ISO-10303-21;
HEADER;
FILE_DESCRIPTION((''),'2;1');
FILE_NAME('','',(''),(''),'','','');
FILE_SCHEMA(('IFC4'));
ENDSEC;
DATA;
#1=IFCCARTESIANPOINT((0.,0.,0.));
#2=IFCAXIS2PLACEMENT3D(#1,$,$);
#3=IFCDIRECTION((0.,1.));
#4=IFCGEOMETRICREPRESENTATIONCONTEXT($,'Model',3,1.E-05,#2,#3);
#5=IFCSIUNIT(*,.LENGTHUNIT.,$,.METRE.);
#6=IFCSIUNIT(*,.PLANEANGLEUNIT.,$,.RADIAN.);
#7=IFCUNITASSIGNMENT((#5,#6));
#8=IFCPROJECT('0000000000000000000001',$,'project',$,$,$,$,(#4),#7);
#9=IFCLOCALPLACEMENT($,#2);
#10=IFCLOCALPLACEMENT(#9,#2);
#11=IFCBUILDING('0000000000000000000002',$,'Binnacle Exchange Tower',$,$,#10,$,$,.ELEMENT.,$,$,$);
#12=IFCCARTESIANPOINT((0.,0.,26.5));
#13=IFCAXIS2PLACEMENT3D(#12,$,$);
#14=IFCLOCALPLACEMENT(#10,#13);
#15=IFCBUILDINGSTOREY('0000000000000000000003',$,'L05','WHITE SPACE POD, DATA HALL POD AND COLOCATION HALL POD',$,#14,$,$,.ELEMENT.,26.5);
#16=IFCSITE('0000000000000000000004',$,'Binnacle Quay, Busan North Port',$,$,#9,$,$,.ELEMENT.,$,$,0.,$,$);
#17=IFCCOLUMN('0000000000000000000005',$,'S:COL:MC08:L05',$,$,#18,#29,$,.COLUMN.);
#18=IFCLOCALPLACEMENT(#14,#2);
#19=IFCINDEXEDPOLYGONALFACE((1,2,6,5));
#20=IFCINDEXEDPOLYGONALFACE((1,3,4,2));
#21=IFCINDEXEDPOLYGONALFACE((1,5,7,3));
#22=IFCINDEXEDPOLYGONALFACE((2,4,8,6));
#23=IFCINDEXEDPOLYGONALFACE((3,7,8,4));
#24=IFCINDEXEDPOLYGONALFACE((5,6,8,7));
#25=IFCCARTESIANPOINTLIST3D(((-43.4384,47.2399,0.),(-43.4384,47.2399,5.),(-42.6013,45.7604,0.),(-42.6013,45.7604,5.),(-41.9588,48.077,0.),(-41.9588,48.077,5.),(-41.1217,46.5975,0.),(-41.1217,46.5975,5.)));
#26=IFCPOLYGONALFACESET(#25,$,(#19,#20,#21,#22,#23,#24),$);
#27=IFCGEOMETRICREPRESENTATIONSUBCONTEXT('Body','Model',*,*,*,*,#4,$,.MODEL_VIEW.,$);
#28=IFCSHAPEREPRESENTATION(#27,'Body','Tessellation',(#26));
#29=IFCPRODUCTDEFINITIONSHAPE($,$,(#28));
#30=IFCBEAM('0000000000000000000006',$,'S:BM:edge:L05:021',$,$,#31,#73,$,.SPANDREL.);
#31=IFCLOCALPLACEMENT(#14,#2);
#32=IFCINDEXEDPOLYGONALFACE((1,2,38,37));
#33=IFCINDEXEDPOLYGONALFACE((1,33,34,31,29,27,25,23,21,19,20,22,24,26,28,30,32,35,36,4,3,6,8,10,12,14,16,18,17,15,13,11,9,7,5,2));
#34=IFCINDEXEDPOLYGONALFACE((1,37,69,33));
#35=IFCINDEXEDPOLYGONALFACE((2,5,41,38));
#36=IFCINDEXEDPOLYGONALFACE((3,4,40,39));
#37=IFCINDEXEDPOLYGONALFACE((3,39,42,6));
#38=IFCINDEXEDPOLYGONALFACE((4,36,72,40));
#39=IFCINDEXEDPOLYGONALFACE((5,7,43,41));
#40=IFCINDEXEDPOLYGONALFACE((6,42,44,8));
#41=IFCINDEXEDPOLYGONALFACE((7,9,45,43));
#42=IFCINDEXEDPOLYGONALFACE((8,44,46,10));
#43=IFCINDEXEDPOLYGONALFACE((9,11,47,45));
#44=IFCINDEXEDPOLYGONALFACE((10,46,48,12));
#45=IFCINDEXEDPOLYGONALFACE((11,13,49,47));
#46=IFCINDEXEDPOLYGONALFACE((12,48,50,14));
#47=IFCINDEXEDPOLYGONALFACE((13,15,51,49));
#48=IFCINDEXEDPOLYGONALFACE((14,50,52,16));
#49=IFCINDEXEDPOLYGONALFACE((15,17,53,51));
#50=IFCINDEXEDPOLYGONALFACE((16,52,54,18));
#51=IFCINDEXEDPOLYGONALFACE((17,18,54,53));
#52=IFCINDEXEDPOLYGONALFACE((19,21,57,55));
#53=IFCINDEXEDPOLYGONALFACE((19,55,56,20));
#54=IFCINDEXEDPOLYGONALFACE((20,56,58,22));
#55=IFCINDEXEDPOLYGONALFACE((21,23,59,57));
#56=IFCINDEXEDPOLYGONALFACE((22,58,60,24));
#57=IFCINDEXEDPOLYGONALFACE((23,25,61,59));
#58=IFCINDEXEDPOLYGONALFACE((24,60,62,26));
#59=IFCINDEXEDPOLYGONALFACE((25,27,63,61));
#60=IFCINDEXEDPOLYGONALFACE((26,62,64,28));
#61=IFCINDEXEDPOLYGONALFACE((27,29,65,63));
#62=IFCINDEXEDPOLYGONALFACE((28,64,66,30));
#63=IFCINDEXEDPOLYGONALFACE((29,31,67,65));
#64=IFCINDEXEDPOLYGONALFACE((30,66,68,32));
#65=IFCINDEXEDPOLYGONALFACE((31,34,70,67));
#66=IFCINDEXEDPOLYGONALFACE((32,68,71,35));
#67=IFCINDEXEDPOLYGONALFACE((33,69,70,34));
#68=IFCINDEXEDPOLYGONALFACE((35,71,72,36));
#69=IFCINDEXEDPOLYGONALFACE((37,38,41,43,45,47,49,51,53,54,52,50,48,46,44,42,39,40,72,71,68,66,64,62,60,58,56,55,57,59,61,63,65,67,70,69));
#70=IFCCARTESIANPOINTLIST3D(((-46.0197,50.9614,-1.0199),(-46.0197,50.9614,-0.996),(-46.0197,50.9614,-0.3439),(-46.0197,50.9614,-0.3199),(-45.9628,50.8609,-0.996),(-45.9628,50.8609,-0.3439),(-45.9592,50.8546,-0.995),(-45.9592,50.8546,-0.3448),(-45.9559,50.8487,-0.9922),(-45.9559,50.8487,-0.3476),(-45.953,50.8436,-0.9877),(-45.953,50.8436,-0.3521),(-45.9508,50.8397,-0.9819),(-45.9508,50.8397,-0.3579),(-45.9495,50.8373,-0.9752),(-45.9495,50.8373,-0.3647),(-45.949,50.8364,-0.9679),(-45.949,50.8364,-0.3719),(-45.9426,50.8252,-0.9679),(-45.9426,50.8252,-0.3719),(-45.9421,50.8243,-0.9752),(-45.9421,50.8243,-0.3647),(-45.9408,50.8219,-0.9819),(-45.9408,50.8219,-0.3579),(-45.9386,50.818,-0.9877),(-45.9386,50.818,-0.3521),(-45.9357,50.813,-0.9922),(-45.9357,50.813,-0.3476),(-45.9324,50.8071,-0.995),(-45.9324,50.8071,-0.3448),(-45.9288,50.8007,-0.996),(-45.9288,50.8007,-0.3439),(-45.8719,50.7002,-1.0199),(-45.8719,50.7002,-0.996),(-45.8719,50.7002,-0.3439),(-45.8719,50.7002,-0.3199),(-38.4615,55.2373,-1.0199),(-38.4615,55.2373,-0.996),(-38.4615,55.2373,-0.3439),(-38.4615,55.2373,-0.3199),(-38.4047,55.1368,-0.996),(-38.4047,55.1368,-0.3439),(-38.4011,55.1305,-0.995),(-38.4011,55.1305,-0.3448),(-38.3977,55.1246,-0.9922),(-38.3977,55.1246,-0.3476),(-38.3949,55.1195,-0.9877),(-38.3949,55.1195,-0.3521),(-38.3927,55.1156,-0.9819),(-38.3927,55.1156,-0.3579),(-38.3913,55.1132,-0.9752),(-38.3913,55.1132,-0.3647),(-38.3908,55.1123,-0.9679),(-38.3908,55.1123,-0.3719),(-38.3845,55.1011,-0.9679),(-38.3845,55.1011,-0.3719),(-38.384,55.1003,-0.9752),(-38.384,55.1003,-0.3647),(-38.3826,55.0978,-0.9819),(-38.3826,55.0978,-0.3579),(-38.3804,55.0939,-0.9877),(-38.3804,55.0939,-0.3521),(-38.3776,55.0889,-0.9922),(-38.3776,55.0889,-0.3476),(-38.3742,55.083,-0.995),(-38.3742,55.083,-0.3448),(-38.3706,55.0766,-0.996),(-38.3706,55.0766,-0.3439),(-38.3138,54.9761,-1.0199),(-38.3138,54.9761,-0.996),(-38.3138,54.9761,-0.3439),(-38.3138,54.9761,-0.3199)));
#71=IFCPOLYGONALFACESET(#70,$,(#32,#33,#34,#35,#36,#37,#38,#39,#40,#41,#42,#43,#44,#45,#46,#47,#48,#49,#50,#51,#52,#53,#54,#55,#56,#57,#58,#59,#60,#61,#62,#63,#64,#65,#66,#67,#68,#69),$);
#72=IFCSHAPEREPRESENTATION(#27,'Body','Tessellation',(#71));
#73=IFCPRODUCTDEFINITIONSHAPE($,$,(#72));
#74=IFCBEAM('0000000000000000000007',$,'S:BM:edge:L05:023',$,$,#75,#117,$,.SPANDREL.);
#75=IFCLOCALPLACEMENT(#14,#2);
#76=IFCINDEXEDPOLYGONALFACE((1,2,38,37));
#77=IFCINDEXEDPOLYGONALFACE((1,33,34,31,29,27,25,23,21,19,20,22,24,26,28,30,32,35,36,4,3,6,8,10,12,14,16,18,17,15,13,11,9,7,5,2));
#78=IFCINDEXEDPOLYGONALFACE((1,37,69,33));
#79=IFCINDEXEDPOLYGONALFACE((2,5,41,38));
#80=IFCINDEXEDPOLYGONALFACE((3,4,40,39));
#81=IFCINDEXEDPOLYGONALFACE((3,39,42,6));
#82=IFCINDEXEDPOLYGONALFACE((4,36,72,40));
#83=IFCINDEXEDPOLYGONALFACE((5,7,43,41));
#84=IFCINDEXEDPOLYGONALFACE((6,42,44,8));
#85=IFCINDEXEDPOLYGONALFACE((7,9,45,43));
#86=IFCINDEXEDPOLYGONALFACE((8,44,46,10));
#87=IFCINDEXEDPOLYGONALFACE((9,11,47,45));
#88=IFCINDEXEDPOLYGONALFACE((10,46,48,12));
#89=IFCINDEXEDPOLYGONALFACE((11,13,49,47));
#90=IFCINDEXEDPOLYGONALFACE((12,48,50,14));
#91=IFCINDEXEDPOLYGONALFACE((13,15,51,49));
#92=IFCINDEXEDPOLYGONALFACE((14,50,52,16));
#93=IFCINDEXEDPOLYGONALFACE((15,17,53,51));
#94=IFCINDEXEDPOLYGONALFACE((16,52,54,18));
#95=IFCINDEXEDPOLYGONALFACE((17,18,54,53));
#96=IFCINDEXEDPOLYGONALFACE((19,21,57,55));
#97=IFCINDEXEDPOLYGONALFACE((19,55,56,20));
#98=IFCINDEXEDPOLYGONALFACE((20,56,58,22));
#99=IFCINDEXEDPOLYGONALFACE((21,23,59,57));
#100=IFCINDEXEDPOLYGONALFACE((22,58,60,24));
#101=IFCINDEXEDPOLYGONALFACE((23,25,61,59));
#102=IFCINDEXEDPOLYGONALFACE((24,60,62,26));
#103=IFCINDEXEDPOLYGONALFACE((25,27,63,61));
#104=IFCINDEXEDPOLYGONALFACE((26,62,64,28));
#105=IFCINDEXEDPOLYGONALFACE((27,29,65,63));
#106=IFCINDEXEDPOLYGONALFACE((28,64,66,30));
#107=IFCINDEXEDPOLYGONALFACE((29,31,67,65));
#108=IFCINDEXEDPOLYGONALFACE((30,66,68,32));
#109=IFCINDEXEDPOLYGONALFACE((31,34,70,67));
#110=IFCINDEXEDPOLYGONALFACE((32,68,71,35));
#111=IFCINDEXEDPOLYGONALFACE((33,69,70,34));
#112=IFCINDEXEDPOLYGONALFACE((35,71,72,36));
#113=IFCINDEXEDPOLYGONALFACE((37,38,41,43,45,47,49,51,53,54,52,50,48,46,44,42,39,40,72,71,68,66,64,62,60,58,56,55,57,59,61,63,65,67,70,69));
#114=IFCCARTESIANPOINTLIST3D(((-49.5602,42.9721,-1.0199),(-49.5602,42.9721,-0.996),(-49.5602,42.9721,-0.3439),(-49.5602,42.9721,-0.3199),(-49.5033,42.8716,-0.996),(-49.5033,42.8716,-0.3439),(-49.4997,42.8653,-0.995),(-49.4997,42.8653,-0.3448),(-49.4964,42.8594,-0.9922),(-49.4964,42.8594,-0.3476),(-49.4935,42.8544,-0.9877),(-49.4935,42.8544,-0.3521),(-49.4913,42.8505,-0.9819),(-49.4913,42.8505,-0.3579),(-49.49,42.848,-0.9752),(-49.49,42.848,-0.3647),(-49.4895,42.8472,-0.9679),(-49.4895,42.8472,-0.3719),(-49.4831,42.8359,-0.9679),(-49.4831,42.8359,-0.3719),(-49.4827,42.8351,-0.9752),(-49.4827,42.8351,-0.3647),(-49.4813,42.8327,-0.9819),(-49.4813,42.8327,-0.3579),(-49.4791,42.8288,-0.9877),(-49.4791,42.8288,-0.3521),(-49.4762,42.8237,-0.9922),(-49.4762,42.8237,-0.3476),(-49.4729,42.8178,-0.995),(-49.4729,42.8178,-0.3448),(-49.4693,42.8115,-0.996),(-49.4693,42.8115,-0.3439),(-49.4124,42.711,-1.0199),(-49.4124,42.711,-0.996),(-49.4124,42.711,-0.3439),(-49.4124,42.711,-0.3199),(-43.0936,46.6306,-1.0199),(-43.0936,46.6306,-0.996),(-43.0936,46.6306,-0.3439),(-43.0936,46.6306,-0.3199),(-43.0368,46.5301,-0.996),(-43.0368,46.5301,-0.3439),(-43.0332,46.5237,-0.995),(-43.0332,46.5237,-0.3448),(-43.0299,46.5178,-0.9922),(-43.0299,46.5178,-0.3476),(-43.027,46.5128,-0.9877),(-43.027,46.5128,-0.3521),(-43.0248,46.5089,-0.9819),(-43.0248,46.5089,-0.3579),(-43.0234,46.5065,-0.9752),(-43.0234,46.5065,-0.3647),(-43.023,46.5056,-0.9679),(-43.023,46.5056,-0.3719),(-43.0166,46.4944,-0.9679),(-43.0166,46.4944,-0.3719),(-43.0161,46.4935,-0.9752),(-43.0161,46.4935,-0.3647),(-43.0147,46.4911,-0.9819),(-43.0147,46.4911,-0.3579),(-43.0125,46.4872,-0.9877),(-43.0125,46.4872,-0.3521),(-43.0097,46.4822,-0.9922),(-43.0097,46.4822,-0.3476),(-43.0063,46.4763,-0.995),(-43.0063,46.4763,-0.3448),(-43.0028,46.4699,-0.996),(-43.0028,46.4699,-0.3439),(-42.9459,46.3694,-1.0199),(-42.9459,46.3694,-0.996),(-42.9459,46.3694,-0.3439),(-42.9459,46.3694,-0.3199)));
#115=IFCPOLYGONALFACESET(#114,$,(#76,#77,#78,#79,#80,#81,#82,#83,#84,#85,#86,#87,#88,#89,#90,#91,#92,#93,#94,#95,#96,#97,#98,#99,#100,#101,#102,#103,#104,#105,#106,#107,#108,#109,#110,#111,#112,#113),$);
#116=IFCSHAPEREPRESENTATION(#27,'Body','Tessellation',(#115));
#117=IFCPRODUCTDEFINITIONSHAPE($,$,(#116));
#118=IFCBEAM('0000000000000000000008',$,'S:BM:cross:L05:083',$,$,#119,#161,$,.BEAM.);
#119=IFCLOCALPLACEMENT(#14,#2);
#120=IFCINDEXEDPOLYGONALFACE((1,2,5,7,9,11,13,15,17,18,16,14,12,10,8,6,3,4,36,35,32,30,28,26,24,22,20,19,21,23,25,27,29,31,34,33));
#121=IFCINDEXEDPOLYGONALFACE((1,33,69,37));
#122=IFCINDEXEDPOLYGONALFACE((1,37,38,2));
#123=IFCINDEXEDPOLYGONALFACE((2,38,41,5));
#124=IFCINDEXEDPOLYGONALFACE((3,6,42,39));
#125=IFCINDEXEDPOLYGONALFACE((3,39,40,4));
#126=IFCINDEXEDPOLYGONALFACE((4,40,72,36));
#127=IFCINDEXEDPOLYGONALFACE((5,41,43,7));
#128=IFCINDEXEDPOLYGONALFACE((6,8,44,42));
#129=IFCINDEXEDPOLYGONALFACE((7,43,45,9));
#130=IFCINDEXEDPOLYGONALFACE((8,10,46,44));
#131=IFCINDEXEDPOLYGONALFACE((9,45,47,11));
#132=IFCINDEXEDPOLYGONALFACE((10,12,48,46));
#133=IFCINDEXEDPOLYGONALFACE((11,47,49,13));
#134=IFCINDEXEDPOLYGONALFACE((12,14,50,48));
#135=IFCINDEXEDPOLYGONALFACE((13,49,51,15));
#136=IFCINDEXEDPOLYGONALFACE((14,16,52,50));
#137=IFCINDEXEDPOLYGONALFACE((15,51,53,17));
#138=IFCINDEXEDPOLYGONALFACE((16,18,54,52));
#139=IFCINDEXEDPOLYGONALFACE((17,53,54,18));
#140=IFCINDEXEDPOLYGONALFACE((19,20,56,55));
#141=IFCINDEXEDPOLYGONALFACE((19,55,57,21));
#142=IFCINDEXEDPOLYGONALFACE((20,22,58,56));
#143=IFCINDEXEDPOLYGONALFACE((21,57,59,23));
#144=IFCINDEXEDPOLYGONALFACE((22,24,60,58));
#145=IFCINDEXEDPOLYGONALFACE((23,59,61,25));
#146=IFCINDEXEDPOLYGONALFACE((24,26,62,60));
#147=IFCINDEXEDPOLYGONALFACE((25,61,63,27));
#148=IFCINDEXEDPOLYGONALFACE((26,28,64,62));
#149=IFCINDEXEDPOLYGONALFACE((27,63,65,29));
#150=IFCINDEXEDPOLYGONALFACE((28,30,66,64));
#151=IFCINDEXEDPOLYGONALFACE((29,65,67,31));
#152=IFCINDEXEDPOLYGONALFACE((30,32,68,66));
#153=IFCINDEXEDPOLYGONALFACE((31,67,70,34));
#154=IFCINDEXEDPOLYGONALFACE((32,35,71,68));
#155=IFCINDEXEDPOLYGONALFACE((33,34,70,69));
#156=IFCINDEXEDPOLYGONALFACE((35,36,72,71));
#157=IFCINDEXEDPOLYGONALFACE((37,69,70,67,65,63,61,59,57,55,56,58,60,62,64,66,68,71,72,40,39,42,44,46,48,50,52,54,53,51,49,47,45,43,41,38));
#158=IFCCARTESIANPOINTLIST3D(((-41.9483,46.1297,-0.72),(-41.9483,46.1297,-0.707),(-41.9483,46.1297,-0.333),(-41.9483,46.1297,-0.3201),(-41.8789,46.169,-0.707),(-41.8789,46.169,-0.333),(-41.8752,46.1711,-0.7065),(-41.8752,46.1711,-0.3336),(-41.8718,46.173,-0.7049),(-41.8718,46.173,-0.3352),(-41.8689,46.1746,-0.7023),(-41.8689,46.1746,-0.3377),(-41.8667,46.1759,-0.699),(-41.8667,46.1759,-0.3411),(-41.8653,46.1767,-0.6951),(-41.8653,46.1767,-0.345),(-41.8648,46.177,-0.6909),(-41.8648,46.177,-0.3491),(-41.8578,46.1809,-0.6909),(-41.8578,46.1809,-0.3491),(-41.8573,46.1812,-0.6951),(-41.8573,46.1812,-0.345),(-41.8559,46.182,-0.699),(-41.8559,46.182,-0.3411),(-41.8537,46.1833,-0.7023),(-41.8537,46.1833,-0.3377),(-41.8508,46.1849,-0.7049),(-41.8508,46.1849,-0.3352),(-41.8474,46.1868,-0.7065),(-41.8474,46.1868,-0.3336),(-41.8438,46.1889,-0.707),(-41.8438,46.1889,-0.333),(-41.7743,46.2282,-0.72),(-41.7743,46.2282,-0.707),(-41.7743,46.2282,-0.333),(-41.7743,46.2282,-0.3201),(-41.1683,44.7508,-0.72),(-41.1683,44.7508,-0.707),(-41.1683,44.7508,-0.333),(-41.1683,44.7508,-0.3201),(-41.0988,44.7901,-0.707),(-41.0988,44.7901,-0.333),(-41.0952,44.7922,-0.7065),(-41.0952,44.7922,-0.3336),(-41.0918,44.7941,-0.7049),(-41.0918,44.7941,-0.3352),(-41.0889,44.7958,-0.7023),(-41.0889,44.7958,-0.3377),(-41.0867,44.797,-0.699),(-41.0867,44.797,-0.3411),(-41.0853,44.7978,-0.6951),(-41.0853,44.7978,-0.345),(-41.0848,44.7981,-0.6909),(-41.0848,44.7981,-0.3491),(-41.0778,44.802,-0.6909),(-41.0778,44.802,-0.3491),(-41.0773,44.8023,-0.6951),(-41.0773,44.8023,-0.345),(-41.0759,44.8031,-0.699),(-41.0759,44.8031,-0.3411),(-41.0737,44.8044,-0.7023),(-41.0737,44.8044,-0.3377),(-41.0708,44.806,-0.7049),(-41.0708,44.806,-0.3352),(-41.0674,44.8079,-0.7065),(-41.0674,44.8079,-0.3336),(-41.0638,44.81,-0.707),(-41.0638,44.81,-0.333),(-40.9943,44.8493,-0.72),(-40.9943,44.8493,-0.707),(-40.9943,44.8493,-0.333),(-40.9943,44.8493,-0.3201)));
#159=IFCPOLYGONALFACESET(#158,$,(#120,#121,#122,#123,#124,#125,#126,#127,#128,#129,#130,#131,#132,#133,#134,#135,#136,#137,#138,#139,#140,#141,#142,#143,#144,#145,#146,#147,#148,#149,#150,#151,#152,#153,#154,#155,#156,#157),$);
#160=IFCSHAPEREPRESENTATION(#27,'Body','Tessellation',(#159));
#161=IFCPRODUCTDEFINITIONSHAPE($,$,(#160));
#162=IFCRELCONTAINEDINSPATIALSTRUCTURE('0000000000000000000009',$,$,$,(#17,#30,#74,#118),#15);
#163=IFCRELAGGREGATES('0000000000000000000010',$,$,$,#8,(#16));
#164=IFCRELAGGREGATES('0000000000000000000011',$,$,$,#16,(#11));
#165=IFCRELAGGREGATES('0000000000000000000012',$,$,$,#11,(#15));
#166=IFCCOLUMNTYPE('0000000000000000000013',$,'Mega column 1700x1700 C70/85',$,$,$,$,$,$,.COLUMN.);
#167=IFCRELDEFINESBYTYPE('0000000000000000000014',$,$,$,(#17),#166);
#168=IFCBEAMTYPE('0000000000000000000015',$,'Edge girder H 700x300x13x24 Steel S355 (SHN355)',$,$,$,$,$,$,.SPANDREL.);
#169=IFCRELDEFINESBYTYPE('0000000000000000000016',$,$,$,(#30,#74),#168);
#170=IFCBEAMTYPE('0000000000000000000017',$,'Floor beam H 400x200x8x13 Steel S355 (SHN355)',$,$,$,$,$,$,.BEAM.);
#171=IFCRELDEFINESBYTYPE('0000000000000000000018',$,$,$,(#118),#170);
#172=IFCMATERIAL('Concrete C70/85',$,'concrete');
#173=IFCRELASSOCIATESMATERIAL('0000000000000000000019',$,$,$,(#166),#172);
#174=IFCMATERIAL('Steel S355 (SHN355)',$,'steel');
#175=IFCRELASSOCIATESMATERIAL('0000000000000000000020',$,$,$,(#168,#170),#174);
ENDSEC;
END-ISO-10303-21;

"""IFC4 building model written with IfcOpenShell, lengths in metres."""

from ifc_helpers import new_model, si_unit, direction, frame, origin, origin_2d, place, context, subcontext, project, spatial, rectangle, i_section, extrude, material, material_profile, profile_set, type_object, element, save


model = new_model("IFC4")

# Units and contexts
model_context = context("Model", 3, precision=1e-05, world=origin(), true_north=direction((0.0, 1.0)))
body_context = subcontext(model_context, "Body", "Model", "MODEL_VIEW")
ifc_project = project(units=[si_unit("LENGTHUNIT", "METRE"), si_unit("PLANEANGLEUNIT", "RADIAN")], contexts=[model_context])

# Site, building, storey
site_placement = place(None, origin())
site = spatial("IfcSite", under=ifc_project, at=site_placement, Name="Binnacle Quay, Busan North Port", CompositionType="ELEMENT", RefElevation=0.0)
building_placement = place(site_placement, origin())
building = spatial("IfcBuilding", under=site, at=building_placement, Name="Binnacle Exchange Tower", CompositionType="ELEMENT")
storey_placement = place(building_placement, frame((0.0, 0.0, 26.5)))
storey = spatial("IfcBuildingStorey", under=building, at=storey_placement, Name="L05", Description="WHITE SPACE POD, DATA HALL POD AND COLOCATION HALL POD", CompositionType="ELEMENT", Elevation=26.5)

# Column
ifc_material_1 = material(Name="Concrete C70/85", Category="concrete")
ifc_material_profile_1 = material_profile(ifc_material_1, rectangle(XDim=1.7, YDim=1.7, at=origin_2d()), Name="Mega column 1700x1700 C70/85")
ifc_profile_set_1 = profile_set([ifc_material_profile_1], Name="Concrete C70/85")
column_type = type_object("IfcColumnType", Name="Mega column 1700x1700 C70/85", PredefinedType="COLUMN", material=ifc_profile_set_1)
column_placement = place(storey_placement, frame((-42.28, 46.9187, 0.0), z_axis=(0.0, 0.0, 1.0), x_axis=(-0.870356, -0.492424, 0.0)))
element("IfcColumn", 1, at=column_placement, inside=storey, type_object=column_type, Name="S:COL:MC08:L05", PredefinedType="COLUMN", context=body_context, shape_type="SweptSolid", body=[
    extrude(rectangle(XDim=1.7, YDim=1.7, at=origin_2d()), origin(), (0.0, 0.0, 1.0), 5.0),
])

# Beams
ifc_material_2 = material(Name="Steel S355 (SHN355)", Category="steel")
ifc_material_profile_2 = material_profile(ifc_material_2, i_section(OverallWidth=0.3, OverallDepth=0.7, WebThickness=0.0129, FlangeThickness=0.0239, FilletRadius=0.0281, at=origin_2d()), Name="H 700x300x13x24")
ifc_profile_set_2 = profile_set([ifc_material_profile_2], Name="Steel S355 (SHN355)")
beam_type_1 = type_object("IfcBeamType", Name="Edge girder H 700x300x13x24 Steel S355 (SHN355)", PredefinedType="SPANDREL", material=ifc_profile_set_2)
beam_1_placement = place(storey_placement, frame((-45.9458, 50.8308, -0.6699), z_axis=(0.87037, 0.492398, 0.0), x_axis=(-0.492398, 0.87037, 0.0)))
element("IfcBeam", 2, at=beam_1_placement, inside=storey, type_object=beam_type_1, Name="S:BM:edge:L05:021", PredefinedType="SPANDREL", context=body_context, shape_type="SweptSolid", body=[
    extrude(i_section(OverallWidth=0.3, OverallDepth=0.7, WebThickness=0.0129, FlangeThickness=0.0239, FilletRadius=0.0281, at=origin_2d()), origin(), (0.0, 0.0, 1.0), 8.6838),
])
beam_2_placement = place(storey_placement, frame((-43.0198, 46.5, -0.6699), z_axis=(-0.870364, -0.492408, 0.0), x_axis=(0.492408, -0.870364, 0.0)))
element("IfcBeam", 3, at=beam_2_placement, inside=storey, type_object=beam_type_1, Name="S:BM:edge:L05:023", PredefinedType="SPANDREL", context=body_context, shape_type="SweptSolid", body=[
    extrude(i_section(OverallWidth=0.3, OverallDepth=0.7, WebThickness=0.0129, FlangeThickness=0.0239, FilletRadius=0.0281, at=origin_2d()), origin(), (0.0, 0.0, 1.0), 7.4297),
])
ifc_material_profile_3 = material_profile(ifc_material_2, i_section(OverallWidth=0.2, OverallDepth=0.3999, WebThickness=0.0081, FlangeThickness=0.0129, FilletRadius=0.0161, at=origin_2d()), Name="H 400x200x8x13")
ifc_profile_set_3 = profile_set([ifc_material_profile_3], Name="Steel S355 (SHN355)")
beam_type_2 = type_object("IfcBeamType", Name="Floor beam H 400x200x8x13 Steel S355 (SHN355)", PredefinedType="BEAM", material=ifc_profile_set_3)
beam_3_placement = place(storey_placement, frame((-41.8613, 46.179, -0.52), z_axis=(0.492367, -0.870388, 0.0), x_axis=(0.870388, 0.492367, 0.0)))
element("IfcBeam", 4, at=beam_3_placement, inside=storey, type_object=beam_type_2, Name="S:BM:cross:L05:083", PredefinedType="BEAM", context=body_context, shape_type="SweptSolid", body=[
    extrude(i_section(OverallWidth=0.2, OverallDepth=0.3999, WebThickness=0.0081, FlangeThickness=0.0129, FilletRadius=0.0161, at=origin_2d()), origin(), (0.0, 0.0, 1.0), 1.5842),
])

save(model, "model.ifc")
